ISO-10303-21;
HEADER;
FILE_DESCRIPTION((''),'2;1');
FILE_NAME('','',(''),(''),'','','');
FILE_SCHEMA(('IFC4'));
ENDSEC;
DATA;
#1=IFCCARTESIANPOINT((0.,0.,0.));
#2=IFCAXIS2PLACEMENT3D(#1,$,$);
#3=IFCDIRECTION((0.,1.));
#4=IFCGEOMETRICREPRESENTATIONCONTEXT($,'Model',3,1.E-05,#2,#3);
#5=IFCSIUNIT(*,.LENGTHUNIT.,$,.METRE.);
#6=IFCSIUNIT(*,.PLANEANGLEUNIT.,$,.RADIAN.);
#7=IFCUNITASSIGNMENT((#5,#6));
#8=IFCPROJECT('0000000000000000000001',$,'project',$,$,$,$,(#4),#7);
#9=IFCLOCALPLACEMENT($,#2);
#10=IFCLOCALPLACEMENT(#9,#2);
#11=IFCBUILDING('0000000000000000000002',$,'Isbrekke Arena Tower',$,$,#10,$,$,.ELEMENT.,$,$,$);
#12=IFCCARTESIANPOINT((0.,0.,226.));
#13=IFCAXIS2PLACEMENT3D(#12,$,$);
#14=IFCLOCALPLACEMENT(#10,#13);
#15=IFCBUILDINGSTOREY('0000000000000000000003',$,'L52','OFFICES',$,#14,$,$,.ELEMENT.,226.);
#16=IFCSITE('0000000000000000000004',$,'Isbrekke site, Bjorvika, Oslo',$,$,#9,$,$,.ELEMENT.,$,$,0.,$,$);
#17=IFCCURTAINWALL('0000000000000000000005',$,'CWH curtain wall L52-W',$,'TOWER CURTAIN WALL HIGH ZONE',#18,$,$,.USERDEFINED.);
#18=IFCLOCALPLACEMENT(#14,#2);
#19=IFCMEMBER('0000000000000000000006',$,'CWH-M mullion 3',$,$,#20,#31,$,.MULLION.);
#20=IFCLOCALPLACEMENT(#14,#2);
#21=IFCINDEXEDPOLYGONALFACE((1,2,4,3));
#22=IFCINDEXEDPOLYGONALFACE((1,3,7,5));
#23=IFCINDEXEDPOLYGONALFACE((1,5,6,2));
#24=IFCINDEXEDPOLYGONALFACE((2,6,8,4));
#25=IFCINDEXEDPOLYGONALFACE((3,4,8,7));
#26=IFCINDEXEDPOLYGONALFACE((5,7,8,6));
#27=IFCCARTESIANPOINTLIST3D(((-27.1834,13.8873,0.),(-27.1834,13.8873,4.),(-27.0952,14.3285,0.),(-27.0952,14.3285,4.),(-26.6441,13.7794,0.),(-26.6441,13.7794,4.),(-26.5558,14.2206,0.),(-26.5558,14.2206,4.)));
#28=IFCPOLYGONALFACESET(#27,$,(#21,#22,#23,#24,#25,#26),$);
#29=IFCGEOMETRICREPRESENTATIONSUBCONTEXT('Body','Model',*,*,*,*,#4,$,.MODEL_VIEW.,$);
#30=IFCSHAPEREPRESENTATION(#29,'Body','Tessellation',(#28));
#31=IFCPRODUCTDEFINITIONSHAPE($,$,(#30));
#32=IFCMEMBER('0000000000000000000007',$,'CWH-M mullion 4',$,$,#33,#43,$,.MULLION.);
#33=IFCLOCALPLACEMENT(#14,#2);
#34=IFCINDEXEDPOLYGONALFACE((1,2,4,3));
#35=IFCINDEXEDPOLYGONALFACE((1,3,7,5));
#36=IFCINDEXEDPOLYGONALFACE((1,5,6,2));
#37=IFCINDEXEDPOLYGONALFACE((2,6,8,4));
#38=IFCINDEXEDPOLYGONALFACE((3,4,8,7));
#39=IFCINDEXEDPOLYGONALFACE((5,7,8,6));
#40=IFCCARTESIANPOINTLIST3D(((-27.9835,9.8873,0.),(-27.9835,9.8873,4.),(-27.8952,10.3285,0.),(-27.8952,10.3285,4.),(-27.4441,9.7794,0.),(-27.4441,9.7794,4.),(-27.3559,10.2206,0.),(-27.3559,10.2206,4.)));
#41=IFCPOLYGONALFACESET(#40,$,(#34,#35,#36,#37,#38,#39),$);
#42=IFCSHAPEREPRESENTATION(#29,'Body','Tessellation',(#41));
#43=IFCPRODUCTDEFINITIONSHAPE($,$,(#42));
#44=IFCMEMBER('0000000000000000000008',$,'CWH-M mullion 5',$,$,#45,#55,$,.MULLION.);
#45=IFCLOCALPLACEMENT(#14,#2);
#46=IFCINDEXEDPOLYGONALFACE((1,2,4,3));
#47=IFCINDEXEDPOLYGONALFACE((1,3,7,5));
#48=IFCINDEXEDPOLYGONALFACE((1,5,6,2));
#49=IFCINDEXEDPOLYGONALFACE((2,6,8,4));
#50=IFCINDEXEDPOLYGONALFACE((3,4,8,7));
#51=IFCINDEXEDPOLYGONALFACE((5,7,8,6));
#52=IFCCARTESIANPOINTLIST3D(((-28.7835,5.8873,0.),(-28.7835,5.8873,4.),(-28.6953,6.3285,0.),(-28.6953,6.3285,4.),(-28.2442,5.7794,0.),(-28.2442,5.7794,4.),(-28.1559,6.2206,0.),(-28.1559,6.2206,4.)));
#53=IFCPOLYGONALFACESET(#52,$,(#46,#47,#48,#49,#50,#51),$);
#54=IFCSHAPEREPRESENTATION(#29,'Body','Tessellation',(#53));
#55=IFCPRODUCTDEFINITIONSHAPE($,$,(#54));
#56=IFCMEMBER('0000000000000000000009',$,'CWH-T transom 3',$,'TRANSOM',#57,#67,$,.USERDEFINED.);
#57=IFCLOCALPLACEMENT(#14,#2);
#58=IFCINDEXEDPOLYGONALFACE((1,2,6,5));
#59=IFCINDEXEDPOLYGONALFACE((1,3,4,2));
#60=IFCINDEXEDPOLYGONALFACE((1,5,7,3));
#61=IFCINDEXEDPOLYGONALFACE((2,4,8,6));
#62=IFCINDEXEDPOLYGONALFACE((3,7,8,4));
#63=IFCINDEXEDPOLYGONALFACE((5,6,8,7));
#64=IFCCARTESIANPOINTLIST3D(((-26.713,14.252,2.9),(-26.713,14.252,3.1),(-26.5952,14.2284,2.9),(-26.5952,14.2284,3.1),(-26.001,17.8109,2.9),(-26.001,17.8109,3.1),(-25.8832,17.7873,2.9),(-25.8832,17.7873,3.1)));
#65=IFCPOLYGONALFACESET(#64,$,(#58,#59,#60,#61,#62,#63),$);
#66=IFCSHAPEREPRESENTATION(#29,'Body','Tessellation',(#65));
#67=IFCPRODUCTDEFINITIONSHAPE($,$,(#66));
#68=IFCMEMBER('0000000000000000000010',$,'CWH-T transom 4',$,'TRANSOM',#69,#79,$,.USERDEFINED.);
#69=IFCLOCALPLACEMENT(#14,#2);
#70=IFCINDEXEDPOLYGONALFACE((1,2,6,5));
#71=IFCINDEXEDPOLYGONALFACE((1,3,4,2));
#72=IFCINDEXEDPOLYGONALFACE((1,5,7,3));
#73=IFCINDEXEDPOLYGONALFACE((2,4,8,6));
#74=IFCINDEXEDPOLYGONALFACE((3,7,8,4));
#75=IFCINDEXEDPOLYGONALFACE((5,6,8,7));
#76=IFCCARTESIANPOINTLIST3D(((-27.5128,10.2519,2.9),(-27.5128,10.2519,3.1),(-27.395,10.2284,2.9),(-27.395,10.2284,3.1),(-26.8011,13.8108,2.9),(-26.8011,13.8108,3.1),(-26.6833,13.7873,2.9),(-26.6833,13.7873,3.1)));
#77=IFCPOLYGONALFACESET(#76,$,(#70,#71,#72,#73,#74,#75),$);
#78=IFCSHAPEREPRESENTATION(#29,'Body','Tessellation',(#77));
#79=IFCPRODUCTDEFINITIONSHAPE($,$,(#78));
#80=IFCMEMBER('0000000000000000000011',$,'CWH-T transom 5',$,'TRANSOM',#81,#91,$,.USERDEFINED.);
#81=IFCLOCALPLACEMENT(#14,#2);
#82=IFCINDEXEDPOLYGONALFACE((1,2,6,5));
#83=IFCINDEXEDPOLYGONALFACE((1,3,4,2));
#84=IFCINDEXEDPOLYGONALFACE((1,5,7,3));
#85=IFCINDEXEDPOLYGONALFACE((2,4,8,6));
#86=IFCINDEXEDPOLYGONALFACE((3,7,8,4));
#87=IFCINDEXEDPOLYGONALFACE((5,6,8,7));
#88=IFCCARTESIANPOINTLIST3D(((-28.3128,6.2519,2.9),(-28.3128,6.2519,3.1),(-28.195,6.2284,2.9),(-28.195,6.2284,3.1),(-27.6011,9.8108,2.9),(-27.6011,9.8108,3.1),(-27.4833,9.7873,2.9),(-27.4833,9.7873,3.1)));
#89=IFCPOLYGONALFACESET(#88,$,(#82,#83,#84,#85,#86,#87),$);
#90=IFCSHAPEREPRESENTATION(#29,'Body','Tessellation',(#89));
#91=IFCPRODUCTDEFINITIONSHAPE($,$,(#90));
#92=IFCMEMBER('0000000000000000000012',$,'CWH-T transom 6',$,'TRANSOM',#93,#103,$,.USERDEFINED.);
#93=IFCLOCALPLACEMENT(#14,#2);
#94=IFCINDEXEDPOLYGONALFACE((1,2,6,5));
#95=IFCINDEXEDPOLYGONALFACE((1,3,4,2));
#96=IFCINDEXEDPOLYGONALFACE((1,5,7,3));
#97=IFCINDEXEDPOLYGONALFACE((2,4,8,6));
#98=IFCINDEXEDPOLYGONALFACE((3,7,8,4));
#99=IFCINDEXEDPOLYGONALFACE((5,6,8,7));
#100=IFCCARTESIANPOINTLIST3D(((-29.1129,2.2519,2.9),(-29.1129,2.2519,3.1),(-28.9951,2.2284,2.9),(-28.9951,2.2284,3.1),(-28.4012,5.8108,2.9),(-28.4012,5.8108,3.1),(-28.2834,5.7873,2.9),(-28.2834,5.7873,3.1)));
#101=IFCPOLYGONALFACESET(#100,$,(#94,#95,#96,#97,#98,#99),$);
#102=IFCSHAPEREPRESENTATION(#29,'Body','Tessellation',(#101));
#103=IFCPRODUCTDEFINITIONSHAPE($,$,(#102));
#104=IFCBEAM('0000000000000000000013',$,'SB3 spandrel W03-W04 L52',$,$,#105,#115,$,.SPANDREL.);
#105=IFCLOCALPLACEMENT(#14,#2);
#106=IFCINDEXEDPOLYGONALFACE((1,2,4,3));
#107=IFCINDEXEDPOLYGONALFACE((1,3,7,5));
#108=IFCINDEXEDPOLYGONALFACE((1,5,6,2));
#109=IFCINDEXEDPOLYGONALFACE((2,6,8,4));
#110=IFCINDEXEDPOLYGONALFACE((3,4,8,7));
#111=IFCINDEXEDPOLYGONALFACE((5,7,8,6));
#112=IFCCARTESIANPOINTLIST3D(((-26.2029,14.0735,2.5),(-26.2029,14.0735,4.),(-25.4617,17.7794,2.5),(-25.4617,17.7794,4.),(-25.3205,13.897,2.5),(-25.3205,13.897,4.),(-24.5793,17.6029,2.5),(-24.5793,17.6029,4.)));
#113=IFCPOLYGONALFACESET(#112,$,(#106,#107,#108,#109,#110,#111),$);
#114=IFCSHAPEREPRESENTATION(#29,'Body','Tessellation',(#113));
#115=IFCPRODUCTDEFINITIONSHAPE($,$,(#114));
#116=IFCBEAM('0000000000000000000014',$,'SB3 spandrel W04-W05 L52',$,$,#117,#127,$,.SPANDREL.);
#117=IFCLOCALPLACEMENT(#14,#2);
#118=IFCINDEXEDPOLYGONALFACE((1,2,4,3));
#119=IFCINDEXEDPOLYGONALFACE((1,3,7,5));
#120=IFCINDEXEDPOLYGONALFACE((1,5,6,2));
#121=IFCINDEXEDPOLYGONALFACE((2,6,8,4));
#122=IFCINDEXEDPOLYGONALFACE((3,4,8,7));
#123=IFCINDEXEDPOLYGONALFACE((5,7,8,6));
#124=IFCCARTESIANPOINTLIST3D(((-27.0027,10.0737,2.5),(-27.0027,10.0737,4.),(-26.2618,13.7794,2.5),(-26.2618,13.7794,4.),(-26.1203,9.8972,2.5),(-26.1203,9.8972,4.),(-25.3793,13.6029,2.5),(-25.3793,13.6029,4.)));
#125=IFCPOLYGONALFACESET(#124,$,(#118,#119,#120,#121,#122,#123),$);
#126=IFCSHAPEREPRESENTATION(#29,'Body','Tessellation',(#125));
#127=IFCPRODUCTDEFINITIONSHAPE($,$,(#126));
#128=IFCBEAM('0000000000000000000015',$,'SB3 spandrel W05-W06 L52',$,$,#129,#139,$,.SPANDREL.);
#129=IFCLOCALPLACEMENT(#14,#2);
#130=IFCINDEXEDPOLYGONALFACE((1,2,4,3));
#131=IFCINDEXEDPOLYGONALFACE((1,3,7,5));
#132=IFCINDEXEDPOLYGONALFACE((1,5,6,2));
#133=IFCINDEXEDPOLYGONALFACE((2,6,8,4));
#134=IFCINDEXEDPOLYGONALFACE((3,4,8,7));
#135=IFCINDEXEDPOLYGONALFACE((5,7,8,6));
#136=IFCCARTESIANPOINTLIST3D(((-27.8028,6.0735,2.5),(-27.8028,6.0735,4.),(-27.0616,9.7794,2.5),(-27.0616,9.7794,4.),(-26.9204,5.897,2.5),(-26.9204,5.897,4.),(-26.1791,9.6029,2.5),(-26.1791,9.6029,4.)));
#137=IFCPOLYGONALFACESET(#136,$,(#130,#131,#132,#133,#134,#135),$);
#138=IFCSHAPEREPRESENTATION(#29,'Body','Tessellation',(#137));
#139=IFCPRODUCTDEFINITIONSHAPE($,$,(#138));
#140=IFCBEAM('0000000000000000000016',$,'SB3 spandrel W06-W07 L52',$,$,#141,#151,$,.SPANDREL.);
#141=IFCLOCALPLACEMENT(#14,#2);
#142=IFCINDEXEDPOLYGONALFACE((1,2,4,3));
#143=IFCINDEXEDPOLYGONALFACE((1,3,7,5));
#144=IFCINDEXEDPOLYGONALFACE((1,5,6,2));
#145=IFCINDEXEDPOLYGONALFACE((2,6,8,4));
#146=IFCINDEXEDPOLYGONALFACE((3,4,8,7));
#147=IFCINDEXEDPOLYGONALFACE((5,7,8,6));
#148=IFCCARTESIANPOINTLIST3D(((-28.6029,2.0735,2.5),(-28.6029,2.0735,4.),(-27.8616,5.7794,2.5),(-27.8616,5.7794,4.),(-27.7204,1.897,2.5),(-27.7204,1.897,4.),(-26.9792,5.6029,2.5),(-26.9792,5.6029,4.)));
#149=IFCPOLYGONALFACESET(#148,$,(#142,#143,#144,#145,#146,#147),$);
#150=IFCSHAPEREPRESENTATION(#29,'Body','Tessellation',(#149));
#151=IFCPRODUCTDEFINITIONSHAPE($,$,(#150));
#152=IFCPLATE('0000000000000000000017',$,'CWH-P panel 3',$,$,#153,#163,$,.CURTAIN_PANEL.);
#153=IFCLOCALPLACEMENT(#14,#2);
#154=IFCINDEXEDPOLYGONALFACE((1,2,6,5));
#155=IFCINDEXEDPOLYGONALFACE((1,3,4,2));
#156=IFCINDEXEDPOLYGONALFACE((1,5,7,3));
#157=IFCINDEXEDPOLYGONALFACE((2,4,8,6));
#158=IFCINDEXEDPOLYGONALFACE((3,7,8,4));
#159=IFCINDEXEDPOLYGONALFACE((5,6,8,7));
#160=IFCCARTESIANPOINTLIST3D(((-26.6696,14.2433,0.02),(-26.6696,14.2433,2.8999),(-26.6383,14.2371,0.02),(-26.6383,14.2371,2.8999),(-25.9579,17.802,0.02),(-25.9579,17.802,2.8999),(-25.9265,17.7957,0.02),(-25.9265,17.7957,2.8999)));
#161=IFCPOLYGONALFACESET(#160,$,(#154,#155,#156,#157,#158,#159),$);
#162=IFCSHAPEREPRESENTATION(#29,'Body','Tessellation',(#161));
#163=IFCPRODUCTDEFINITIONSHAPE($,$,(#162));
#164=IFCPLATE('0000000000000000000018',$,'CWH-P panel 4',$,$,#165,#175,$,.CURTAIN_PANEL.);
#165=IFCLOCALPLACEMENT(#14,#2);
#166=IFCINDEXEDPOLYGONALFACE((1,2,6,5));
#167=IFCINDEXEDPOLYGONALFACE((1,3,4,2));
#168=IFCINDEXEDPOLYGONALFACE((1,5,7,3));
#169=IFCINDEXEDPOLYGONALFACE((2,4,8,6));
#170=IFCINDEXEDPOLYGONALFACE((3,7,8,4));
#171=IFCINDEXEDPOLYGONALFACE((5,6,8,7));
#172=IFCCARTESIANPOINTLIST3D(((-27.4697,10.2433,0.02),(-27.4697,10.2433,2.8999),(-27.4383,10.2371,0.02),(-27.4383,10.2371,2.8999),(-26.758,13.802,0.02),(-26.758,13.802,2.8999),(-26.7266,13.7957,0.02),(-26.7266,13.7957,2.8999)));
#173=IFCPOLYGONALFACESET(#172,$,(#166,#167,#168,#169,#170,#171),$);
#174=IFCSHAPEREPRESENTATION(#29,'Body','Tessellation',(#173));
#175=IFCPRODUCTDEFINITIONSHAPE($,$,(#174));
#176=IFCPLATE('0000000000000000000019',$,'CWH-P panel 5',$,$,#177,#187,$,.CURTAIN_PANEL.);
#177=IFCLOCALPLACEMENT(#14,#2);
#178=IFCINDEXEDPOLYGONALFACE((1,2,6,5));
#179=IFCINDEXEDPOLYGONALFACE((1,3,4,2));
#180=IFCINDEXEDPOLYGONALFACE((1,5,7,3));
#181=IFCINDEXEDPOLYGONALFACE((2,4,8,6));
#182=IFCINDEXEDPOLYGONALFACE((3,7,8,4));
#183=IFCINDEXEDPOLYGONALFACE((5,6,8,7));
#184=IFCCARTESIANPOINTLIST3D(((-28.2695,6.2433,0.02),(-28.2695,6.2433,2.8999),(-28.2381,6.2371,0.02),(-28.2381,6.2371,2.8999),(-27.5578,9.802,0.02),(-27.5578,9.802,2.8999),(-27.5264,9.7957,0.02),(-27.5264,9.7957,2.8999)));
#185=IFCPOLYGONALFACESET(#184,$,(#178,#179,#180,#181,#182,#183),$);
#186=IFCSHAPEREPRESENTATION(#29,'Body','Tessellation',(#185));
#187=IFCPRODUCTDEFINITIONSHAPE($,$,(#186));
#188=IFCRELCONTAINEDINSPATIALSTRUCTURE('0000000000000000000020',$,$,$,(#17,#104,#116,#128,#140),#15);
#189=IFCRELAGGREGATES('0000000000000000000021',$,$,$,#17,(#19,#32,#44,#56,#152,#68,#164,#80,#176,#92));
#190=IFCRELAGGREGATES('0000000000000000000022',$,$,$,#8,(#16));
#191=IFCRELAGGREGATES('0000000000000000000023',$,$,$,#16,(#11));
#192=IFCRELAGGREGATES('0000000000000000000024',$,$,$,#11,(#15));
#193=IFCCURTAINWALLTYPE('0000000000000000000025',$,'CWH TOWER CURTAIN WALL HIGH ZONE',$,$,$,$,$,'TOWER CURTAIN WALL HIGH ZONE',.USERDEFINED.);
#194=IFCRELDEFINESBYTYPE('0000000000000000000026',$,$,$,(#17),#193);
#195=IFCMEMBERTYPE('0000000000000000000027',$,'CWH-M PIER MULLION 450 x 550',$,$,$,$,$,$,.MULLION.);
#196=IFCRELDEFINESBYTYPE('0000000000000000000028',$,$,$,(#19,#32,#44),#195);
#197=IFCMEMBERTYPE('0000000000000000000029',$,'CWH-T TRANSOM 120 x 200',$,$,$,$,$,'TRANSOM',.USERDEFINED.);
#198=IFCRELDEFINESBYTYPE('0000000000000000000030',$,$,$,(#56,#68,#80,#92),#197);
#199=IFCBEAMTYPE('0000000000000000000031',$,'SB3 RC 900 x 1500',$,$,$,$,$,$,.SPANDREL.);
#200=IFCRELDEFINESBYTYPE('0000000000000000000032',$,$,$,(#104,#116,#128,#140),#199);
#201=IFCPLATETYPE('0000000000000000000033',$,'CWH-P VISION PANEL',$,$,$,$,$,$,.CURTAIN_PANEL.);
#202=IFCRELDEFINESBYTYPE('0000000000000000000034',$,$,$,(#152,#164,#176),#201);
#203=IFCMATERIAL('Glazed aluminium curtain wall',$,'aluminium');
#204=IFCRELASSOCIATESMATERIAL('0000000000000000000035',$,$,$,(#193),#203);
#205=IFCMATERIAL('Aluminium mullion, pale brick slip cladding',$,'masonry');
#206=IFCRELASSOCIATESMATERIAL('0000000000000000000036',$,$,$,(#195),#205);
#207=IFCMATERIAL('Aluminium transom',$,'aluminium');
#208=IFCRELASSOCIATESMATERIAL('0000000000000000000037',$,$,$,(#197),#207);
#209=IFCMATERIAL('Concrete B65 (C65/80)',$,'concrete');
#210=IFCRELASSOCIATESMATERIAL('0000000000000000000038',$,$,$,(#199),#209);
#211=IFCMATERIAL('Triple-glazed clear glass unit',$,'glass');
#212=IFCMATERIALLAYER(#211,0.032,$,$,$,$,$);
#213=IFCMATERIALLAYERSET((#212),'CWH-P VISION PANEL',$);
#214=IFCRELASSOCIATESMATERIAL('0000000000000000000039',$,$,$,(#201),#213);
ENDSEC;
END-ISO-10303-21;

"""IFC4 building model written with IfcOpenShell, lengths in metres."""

from ifc_helpers import new_model, si_unit, direction, frame, origin, origin_2d, place, context, subcontext, project, spatial, rectangle, extrude, material, layer, layer_set, material_profile, profile_set, type_object, element, aggregate, save


model = new_model("IFC4")

# Units and contexts
model_context = context("Model", 3, precision=1e-05, world=origin(), true_north=direction((0.0, 1.0)))
body_context = subcontext(model_context, "Body", "Model", "MODEL_VIEW")
ifc_project = project(units=[si_unit("LENGTHUNIT", "METRE"), si_unit("PLANEANGLEUNIT", "RADIAN")], contexts=[model_context])

# Site, building, storey
site_placement = place(None, origin())
site = spatial("IfcSite", under=ifc_project, at=site_placement, Name="Isbrekke site, Bjorvika, Oslo", CompositionType="ELEMENT", RefElevation=0.0)
building_placement = place(site_placement, origin())
building = spatial("IfcBuilding", under=site, at=building_placement, Name="Isbrekke Arena Tower", CompositionType="ELEMENT")
storey_placement = place(building_placement, frame((0.0, 0.0, 226.0)))
storey = spatial("IfcBuildingStorey", under=building, at=storey_placement, Name="L52", Description="OFFICES", CompositionType="ELEMENT", Elevation=226.0)

# Curtain wall, members
ifc_material_1 = material(Name="Glazed aluminium curtain wall", Category="aluminium")
curtain_wall_type = type_object("IfcCurtainWallType", Name="CWH TOWER CURTAIN WALL HIGH ZONE", ElementType="TOWER CURTAIN WALL HIGH ZONE", PredefinedType="USERDEFINED", material=ifc_material_1)
curtain_wall_placement = place(storey_placement, origin())
curtain_wall = element("IfcCurtainWall", 1, at=curtain_wall_placement, inside=storey, type_object=curtain_wall_type, Name="CWH curtain wall L52-W", ObjectType="TOWER CURTAIN WALL HIGH ZONE", PredefinedType="USERDEFINED")
ifc_material_2 = material(Name="Aluminium mullion, pale brick slip cladding", Category="masonry")
ifc_material_profile_1 = material_profile(ifc_material_2, rectangle(XDim=0.45, YDim=0.55, at=origin_2d()), Name="PIER 450X550")
ifc_profile_set_1 = profile_set([ifc_material_profile_1], Name="Aluminium mullion, pale brick slip cladding")
member_type_1 = type_object("IfcMemberType", Name="CWH-M PIER MULLION 450 x 550", PredefinedType="MULLION", material=ifc_profile_set_1)
member_1_placement = place(storey_placement, frame((-26.8696, 14.054, 0.0), z_axis=(0.0, 0.0, 1.0), x_axis=(-0.196116, -0.980581, 0.0)))
member_1 = element("IfcMember", 2, at=member_1_placement, type_object=member_type_1, Name="CWH-M mullion 3", PredefinedType="MULLION", context=body_context, shape_type="SweptSolid", body=[
    extrude(rectangle(XDim=0.45, YDim=0.55, at=origin_2d()), origin(), (0.0, 0.0, 1.0), 4.0),
])
member_2_placement = place(storey_placement, frame((-27.6697, 10.054, 0.0), z_axis=(0.0, 0.0, 1.0), x_axis=(-0.196116, -0.980581, 0.0)))
member_2 = element("IfcMember", 3, at=member_2_placement, type_object=member_type_1, Name="CWH-M mullion 4", PredefinedType="MULLION", context=body_context, shape_type="SweptSolid", body=[
    extrude(rectangle(XDim=0.45, YDim=0.55, at=origin_2d()), origin(), (0.0, 0.0, 1.0), 4.0),
])
member_3_placement = place(storey_placement, frame((-28.4697, 6.054, 0.0), z_axis=(0.0, 0.0, 1.0), x_axis=(-0.196116, -0.980581, 0.0)))
member_3 = element("IfcMember", 4, at=member_3_placement, type_object=member_type_1, Name="CWH-M mullion 5", PredefinedType="MULLION", context=body_context, shape_type="SweptSolid", body=[
    extrude(rectangle(XDim=0.45, YDim=0.55, at=origin_2d()), origin(), (0.0, 0.0, 1.0), 4.0),
])
ifc_material_3 = material(Name="Aluminium transom", Category="aluminium")
ifc_material_profile_2 = material_profile(ifc_material_3, rectangle(XDim=0.1201, YDim=0.2, at=origin_2d()), Name="TRANSOM 120X200")
ifc_profile_set_2 = profile_set([ifc_material_profile_2], Name="Aluminium transom")
member_type_2 = type_object("IfcMemberType", Name="CWH-T TRANSOM 120 x 200", ElementType="TRANSOM", PredefinedType="USERDEFINED", material=ifc_profile_set_2)
member_4_placement = place(storey_placement, frame((-25.9421, 17.7991, 3.0), z_axis=(-0.196155, -0.980573, 0.0), x_axis=(0.980573, -0.196155, 0.0)))
member_4 = element("IfcMember", 5, at=member_4_placement, type_object=member_type_2, Name="CWH-T transom 3", ObjectType="TRANSOM", PredefinedType="USERDEFINED", context=body_context, shape_type="SweptSolid", body=[
    extrude(rectangle(XDim=0.1201, YDim=0.2, at=origin_2d()), origin(), (0.0, 0.0, 1.0), 3.6294),
])
member_5_placement = place(storey_placement, frame((-26.7422, 13.7991, 3.0), z_axis=(-0.19609, -0.980586, 0.0), x_axis=(0.980586, -0.19609, 0.0)))
member_5 = element("IfcMember", 6, at=member_5_placement, type_object=member_type_2, Name="CWH-T transom 4", ObjectType="TRANSOM", PredefinedType="USERDEFINED", context=body_context, shape_type="SweptSolid", body=[
    extrude(rectangle(XDim=0.1201, YDim=0.2, at=origin_2d()), origin(), (0.0, 0.0, 1.0), 3.6294),
])
member_6_placement = place(storey_placement, frame((-27.5422, 9.7991, 3.0), z_axis=(-0.19609, -0.980586, 0.0), x_axis=(0.980586, -0.19609, 0.0)))
member_6 = element("IfcMember", 7, at=member_6_placement, type_object=member_type_2, Name="CWH-T transom 5", ObjectType="TRANSOM", PredefinedType="USERDEFINED", context=body_context, shape_type="SweptSolid", body=[
    extrude(rectangle(XDim=0.1201, YDim=0.2, at=origin_2d()), origin(), (0.0, 0.0, 1.0), 3.6294),
])
member_7_placement = place(storey_placement, frame((-28.3423, 5.7991, 3.0), z_axis=(-0.19609, -0.980586, 0.0), x_axis=(0.980586, -0.19609, 0.0)))
member_7 = element("IfcMember", 8, at=member_7_placement, type_object=member_type_2, Name="CWH-T transom 6", ObjectType="TRANSOM", PredefinedType="USERDEFINED", context=body_context, shape_type="SweptSolid", body=[
    extrude(rectangle(XDim=0.1201, YDim=0.2, at=origin_2d()), origin(), (0.0, 0.0, 1.0), 3.6294),
])

# Beams
ifc_material_4 = material(Name="Concrete B65 (C65/80)", Category="concrete")
ifc_material_profile_3 = material_profile(ifc_material_4, rectangle(XDim=0.8999, YDim=1.5, at=origin_2d()), Name="RC 900x1500")
ifc_profile_set_3 = profile_set([ifc_material_profile_3], Name="Concrete B65 (C65/80)")
beam_type_1 = type_object("IfcBeamType", Name="SB3 RC 900 x 1500", PredefinedType="SPANDREL", material=ifc_profile_set_3)
beam_1_placement = place(storey_placement, frame((-25.0205, 17.6912, 3.25), z_axis=(-0.196129, -0.980578, 0.0), x_axis=(0.980578, -0.196129, 0.0)))
element("IfcBeam", 9, at=beam_1_placement, inside=storey, type_object=beam_type_1, Name="SB3 spandrel W03-W04 L52", PredefinedType="SPANDREL", context=body_context, shape_type="SweptSolid", body=[
    extrude(rectangle(XDim=0.8999, YDim=1.5, at=origin_2d()), origin(), (0.0, 0.0, 1.0), 3.7793),
])
beam_2_placement = place(storey_placement, frame((-25.8206, 13.6912, 3.25), z_axis=(-0.196066, -0.980591, 0.0), x_axis=(0.980591, -0.196066, 0.0)))
element("IfcBeam", 10, at=beam_2_placement, inside=storey, type_object=beam_type_1, Name="SB3 spandrel W04-W05 L52", PredefinedType="SPANDREL", context=body_context, shape_type="SweptSolid", body=[
    extrude(rectangle(XDim=0.8999, YDim=1.5, at=origin_2d()), origin(), (0.0, 0.0, 1.0), 3.7791),
])
for number, where, z_axis, x_axis, name in (
    (11, (-26.6204, 9.6912, 3.25), (-0.196129, -0.980578, 0.0), (0.980578, -0.196129, 0.0), "SB3 spandrel W05-W06 L52"),
    (12, (-27.4204, 5.6912, 3.25), (-0.196129, -0.980578, 0.0), (0.980578, -0.196129, 0.0), "SB3 spandrel W06-W07 L52"),
):
    element("IfcBeam", number, at=place(storey_placement, frame(where, z_axis=z_axis, x_axis=x_axis)), inside=storey, type_object=beam_type_1, Name=name, PredefinedType="SPANDREL", context=body_context, shape_type="SweptSolid", body=[
        extrude(rectangle(XDim=0.8999, YDim=1.5, at=origin_2d()), origin(), (0.0, 0.0, 1.0), 3.7793),
    ])

# Plates
ifc_material_5 = material(Name="Triple-glazed clear glass unit", Category="glass")
ifc_layer_1 = layer(ifc_material_5, 0.032)
ifc_layer_set_1 = layer_set([ifc_layer_1], Name="CWH-P VISION PANEL")
plate_type = type_object("IfcPlateType", Name="CWH-P VISION PANEL", PredefinedType="CURTAIN_PANEL", material=ifc_layer_set_1)
plate_1_placement = place(storey_placement, frame((-26.2981, 16.0195, 0.02), z_axis=(0.0, 0.0, 1.0), x_axis=(-0.196116, -0.980581, 0.0)))
plate_1 = element("IfcPlate", 13, at=plate_1_placement, type_object=plate_type, Name="CWH-P panel 3", PredefinedType="CURTAIN_PANEL", context=body_context, shape_type="SweptSolid", body=[
    extrude(rectangle(XDim=3.6292, YDim=0.032, at=origin_2d()), origin(), (0.0, 0.0, 1.0), 2.8799),
])
plate_2_placement = place(storey_placement, frame((-27.0981, 12.0195, 0.02), z_axis=(0.0, 0.0, 1.0), x_axis=(-0.196116, -0.980581, 0.0)))
plate_2 = element("IfcPlate", 14, at=plate_2_placement, type_object=plate_type, Name="CWH-P panel 4", PredefinedType="CURTAIN_PANEL", context=body_context, shape_type="SweptSolid", body=[
    extrude(rectangle(XDim=3.6292, YDim=0.032, at=origin_2d()), origin(), (0.0, 0.0, 1.0), 2.8799),
])
plate_3_placement = place(storey_placement, frame((-27.8979, 8.0195, 0.02), z_axis=(0.0, 0.0, 1.0), x_axis=(-0.196116, -0.980581, 0.0)))
plate_3 = element("IfcPlate", 15, at=plate_3_placement, type_object=plate_type, Name="CWH-P panel 5", PredefinedType="CURTAIN_PANEL", context=body_context, shape_type="SweptSolid", body=[
    extrude(rectangle(XDim=3.6292, YDim=0.032, at=origin_2d()), origin(), (0.0, 0.0, 1.0), 2.8799),
])
aggregate(curtain_wall, [member_1, member_2, member_3, member_4, plate_1, member_5, plate_2, member_6, plate_3, member_7])

save(model, "model.ifc")
